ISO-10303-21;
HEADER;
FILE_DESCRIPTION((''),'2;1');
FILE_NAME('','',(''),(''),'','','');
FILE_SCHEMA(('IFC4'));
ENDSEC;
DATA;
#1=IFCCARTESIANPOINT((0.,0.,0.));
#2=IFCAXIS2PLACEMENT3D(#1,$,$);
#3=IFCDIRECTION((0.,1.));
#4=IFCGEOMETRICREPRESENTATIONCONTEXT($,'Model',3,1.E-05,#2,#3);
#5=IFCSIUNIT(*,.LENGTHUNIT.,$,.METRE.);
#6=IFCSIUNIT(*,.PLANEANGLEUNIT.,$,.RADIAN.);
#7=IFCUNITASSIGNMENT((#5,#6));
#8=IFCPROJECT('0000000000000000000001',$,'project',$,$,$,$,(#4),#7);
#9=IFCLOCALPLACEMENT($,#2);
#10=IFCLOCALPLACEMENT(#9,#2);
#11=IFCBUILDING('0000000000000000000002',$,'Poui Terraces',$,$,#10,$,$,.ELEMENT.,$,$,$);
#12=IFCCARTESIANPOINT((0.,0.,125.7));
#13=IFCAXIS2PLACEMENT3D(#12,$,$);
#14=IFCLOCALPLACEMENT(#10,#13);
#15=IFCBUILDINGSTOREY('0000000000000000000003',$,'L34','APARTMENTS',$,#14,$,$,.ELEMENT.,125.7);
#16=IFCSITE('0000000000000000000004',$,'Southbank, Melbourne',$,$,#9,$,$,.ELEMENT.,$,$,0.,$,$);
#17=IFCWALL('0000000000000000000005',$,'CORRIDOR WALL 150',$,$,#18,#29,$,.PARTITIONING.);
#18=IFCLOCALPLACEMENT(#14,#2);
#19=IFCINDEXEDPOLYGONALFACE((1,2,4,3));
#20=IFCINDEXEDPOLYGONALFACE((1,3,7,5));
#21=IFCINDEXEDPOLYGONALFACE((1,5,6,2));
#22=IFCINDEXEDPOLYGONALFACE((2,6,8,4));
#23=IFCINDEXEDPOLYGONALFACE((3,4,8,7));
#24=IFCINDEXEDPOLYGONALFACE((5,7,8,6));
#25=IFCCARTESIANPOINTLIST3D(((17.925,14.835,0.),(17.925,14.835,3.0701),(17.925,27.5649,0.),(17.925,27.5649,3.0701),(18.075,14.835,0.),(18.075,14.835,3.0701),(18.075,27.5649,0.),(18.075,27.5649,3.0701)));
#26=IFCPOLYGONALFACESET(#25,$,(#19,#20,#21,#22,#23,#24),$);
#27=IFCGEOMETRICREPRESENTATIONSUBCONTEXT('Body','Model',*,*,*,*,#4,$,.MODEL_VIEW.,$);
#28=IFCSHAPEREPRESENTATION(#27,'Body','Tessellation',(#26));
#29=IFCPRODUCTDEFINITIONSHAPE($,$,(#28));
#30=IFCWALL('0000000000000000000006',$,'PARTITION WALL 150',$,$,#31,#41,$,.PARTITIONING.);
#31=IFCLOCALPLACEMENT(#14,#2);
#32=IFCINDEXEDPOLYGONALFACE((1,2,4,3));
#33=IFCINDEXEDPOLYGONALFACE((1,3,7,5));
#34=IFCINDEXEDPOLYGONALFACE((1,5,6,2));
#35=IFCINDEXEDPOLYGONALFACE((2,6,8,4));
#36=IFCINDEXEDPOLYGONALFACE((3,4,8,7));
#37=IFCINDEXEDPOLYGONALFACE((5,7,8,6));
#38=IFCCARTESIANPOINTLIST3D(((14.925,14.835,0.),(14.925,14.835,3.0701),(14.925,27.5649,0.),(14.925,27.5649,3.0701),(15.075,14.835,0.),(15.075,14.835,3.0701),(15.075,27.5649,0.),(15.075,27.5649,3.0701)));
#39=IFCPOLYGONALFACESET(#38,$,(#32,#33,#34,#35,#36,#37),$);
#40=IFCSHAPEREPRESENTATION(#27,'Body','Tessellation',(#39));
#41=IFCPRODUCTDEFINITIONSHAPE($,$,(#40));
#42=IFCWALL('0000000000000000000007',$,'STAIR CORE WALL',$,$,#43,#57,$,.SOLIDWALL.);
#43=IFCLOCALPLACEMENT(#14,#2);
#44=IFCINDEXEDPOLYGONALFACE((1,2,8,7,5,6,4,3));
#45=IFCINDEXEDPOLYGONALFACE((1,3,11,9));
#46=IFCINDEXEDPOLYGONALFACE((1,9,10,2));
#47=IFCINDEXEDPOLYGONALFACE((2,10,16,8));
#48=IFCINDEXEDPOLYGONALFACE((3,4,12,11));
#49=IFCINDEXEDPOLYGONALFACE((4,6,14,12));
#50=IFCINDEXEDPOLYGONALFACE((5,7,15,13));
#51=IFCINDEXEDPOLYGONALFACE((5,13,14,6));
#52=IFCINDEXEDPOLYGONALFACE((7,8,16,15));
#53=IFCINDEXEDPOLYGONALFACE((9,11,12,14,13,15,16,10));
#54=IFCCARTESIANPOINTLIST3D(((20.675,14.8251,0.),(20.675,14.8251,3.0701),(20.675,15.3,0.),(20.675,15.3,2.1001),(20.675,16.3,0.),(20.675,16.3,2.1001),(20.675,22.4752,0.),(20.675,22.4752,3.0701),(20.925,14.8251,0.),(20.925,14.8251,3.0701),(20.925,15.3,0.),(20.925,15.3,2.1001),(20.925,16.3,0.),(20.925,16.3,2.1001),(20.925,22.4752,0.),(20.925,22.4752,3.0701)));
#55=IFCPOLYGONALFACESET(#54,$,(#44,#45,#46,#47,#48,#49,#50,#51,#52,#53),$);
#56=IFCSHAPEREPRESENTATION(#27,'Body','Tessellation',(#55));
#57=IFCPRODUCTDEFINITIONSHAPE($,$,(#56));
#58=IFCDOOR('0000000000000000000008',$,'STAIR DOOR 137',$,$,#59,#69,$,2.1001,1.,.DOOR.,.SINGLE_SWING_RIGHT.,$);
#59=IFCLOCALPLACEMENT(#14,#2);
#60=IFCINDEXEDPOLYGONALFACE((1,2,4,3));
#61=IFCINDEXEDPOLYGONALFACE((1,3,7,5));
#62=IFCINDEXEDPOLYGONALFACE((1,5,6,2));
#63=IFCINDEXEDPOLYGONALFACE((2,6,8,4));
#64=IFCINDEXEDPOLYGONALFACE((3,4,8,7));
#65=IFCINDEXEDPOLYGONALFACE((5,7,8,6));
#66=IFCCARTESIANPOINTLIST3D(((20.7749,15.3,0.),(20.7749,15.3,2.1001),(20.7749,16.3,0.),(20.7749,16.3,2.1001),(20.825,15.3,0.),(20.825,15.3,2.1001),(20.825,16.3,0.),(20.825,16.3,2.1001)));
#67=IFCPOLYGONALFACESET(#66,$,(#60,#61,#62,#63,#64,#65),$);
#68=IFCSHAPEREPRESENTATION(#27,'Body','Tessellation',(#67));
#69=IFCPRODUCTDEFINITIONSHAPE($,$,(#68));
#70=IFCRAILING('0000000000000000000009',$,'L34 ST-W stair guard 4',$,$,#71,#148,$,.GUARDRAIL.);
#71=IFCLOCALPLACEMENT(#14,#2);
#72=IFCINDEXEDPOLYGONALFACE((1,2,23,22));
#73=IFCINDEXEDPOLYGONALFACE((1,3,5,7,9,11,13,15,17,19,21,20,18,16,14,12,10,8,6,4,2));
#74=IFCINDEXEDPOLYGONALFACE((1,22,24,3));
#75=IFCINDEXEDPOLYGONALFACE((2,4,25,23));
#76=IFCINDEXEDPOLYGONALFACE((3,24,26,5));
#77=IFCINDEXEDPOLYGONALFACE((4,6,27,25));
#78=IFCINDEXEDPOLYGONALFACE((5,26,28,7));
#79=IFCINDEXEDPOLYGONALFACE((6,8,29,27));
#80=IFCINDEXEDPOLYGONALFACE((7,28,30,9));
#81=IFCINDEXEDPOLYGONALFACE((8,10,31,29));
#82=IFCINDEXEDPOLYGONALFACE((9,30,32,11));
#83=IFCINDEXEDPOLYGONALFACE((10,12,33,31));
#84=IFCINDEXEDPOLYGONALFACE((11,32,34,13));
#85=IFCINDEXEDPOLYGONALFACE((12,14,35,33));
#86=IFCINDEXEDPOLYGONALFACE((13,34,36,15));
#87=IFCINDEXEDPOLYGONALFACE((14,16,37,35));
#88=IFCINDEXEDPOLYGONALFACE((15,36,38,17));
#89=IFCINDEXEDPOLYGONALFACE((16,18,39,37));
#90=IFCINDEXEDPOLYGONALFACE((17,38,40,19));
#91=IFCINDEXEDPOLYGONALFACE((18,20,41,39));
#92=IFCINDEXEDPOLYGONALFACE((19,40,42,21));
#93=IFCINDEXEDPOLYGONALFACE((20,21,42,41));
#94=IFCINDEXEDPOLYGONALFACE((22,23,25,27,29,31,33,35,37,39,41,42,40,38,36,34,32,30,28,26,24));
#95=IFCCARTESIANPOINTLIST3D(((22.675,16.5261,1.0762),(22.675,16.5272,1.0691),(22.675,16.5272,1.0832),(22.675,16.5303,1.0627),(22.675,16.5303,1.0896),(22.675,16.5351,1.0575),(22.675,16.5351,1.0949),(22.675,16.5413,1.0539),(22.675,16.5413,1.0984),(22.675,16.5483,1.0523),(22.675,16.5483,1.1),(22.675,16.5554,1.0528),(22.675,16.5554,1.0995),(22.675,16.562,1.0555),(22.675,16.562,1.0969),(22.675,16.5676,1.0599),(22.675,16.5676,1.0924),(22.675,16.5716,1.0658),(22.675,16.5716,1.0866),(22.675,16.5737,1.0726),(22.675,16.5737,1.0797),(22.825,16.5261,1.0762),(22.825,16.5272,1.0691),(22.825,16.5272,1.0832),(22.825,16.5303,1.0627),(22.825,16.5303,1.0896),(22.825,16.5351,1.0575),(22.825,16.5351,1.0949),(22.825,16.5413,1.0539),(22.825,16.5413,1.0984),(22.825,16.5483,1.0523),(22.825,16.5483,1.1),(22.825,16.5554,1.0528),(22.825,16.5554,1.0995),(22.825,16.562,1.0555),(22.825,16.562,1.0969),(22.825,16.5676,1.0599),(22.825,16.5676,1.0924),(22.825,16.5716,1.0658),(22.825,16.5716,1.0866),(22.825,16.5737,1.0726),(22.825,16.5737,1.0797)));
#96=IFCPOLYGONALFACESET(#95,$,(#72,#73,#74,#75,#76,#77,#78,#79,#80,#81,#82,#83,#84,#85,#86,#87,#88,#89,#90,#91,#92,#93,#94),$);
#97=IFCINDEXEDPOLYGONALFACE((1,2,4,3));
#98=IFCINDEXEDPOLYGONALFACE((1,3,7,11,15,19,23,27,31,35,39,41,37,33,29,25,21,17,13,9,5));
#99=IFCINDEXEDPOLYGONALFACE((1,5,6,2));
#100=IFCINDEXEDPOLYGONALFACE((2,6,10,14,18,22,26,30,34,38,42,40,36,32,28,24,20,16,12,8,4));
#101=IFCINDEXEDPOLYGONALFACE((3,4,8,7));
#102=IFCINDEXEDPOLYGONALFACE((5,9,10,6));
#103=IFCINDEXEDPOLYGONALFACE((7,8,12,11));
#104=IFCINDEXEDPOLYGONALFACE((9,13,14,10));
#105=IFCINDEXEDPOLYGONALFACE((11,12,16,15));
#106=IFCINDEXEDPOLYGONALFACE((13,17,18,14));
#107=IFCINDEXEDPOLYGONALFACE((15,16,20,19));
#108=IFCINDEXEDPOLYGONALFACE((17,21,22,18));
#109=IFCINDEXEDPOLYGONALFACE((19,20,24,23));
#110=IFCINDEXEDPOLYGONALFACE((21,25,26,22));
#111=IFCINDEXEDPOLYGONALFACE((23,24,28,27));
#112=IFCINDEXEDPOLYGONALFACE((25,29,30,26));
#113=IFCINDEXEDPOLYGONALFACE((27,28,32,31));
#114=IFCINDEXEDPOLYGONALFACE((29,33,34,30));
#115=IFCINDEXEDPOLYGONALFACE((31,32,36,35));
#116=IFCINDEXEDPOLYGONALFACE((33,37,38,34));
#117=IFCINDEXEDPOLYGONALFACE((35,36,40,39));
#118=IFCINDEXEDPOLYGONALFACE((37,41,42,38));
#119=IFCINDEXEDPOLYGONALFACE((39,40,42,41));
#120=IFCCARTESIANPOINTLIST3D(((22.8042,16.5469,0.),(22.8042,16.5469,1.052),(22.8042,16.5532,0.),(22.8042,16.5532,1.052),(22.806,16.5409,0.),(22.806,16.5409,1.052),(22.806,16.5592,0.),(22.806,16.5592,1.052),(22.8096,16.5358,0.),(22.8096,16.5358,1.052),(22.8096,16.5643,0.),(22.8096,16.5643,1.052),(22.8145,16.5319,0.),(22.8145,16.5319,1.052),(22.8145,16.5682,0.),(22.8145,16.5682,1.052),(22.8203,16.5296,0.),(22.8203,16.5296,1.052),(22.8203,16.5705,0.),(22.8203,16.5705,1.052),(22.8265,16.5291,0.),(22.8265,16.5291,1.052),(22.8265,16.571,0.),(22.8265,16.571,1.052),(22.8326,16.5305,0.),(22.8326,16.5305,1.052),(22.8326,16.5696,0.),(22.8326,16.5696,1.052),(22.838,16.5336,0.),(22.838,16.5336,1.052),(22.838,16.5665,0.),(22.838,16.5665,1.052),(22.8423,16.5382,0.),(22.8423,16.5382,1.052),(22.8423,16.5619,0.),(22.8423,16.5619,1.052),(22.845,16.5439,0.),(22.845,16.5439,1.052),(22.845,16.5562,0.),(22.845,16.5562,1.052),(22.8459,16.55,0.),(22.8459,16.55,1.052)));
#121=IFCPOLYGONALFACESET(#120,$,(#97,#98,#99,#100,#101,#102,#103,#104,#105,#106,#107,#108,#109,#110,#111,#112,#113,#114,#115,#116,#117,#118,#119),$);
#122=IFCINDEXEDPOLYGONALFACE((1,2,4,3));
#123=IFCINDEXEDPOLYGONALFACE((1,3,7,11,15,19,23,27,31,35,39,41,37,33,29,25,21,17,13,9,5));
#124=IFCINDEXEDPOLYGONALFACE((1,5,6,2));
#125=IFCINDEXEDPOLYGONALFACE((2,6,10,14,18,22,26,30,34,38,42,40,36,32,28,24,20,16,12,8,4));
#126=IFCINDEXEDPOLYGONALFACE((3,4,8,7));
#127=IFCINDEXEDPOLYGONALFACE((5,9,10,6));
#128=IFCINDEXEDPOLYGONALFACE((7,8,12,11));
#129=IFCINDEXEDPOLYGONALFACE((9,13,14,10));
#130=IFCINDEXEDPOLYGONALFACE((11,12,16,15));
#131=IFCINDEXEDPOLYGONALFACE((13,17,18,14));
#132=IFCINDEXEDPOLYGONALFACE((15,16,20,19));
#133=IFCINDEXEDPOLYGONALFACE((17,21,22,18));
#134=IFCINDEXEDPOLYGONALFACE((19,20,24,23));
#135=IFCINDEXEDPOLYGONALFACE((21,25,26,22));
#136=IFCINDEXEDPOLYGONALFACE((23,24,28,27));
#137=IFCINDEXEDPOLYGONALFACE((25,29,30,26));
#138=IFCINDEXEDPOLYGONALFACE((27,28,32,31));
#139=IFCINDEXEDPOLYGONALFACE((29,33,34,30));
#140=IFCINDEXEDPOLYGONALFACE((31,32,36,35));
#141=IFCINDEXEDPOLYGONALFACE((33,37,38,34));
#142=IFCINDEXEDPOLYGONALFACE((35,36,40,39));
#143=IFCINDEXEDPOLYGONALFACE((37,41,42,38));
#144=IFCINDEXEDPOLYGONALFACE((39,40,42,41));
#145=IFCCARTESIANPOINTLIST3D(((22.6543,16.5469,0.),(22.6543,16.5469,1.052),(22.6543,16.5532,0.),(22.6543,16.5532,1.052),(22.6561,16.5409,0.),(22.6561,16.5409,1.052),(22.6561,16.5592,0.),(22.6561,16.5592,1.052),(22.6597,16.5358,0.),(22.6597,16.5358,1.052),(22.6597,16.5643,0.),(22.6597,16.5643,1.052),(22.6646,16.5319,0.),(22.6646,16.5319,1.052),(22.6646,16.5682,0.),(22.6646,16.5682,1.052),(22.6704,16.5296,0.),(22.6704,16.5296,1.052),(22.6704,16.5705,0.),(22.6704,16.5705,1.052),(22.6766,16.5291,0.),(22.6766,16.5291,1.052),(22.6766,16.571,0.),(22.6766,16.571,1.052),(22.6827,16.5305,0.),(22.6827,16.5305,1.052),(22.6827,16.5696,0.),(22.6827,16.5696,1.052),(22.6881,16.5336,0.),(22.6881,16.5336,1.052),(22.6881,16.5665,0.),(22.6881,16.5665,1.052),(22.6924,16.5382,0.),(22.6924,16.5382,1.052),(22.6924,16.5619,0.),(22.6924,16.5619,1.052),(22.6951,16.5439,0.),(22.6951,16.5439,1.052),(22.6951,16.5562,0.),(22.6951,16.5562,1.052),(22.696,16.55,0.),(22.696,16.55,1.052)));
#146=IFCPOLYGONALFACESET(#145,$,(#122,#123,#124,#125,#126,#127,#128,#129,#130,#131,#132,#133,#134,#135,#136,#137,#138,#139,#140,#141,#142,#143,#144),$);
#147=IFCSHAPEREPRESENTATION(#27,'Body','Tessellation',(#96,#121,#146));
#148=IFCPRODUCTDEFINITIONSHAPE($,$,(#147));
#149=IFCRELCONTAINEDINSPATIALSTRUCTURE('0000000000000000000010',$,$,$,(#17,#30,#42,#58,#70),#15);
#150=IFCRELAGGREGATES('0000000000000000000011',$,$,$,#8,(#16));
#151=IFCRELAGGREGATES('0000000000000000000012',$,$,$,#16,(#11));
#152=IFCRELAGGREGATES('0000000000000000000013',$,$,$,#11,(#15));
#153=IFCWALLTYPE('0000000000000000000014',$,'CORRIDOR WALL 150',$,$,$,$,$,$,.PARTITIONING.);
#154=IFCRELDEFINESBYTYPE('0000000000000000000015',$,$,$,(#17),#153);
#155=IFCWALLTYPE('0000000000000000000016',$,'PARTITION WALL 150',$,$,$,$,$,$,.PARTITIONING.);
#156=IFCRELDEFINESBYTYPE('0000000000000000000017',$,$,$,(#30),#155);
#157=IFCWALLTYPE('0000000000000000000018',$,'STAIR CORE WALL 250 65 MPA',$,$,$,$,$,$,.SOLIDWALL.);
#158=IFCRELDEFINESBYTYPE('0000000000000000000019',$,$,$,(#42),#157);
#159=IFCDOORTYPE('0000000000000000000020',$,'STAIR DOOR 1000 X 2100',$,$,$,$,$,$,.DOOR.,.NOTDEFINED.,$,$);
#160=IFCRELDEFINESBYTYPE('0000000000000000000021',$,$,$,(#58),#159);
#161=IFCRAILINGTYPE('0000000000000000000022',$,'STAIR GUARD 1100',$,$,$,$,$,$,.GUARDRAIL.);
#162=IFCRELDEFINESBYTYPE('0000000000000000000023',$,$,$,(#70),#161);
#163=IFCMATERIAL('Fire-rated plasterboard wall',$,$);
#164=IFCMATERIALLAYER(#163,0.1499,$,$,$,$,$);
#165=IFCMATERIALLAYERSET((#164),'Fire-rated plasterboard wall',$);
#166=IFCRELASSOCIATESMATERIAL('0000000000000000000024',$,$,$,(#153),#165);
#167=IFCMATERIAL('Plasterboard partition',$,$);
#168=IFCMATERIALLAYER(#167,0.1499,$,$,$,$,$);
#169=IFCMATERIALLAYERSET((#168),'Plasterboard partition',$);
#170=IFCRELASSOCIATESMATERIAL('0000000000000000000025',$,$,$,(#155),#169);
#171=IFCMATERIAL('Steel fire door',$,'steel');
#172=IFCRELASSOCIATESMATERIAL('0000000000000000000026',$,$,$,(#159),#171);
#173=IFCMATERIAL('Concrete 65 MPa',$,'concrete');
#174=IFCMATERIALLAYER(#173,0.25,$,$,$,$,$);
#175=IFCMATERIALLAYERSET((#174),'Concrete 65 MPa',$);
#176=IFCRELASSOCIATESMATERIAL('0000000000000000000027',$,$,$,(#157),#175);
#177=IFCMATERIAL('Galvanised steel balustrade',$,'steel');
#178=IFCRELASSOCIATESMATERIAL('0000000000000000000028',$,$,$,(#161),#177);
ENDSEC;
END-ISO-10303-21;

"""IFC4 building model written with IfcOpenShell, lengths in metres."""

from ifc_helpers import new_model, si_unit, direction, frame, frame_2d, origin, origin_2d, place, context, subcontext, project, spatial, rectangle, circle, extrude, material, layer, layer_set, type_object, element, fill, save


model = new_model("IFC4")

# Units and contexts
model_context = context("Model", 3, precision=1e-05, world=origin(), true_north=direction((0.0, 1.0)))
body_context = subcontext(model_context, "Body", "Model", "MODEL_VIEW")
ifc_project = project(units=[si_unit("LENGTHUNIT", "METRE"), si_unit("PLANEANGLEUNIT", "RADIAN")], contexts=[model_context])

# Site, building, storey
site_placement = place(None, origin())
site = spatial("IfcSite", under=ifc_project, at=site_placement, Name="Southbank, Melbourne", CompositionType="ELEMENT", RefElevation=0.0)
building_placement = place(site_placement, origin())
building = spatial("IfcBuilding", under=site, at=building_placement, Name="Poui Terraces", CompositionType="ELEMENT")
storey_placement = place(building_placement, frame((0.0, 0.0, 125.7)))
storey = spatial("IfcBuildingStorey", under=building, at=storey_placement, Name="L34", Description="APARTMENTS", CompositionType="ELEMENT", Elevation=125.7)

# Walls
ifc_material_1 = material(Name="Fire-rated plasterboard wall")
ifc_layer_1 = layer(ifc_material_1, 0.1499)
ifc_layer_set_1 = layer_set([ifc_layer_1], Name="Fire-rated plasterboard wall")
wall_type_1 = type_object("IfcWallType", Name="CORRIDOR WALL 150", PredefinedType="PARTITIONING", material=ifc_layer_set_1)
wall_1_placement = place(storey_placement, frame((18.0, 14.835, 0.0), z_axis=(0.0, 0.0, 1.0), x_axis=(0.0, 1.0, 0.0)))
element("IfcWall", 1, at=wall_1_placement, inside=storey, type_object=wall_type_1, Name="CORRIDOR WALL 150", PredefinedType="PARTITIONING", context=body_context, shape_type="SweptSolid", body=[
    extrude(rectangle(XDim=12.73, YDim=0.1499, at=frame_2d((6.365, 0.0))), origin(), (0.0, 0.0, 1.0), 3.0701),
])
ifc_material_2 = material(Name="Plasterboard partition")
ifc_layer_2 = layer(ifc_material_2, 0.1499)
ifc_layer_set_2 = layer_set([ifc_layer_2], Name="Plasterboard partition")
wall_type_2 = type_object("IfcWallType", Name="PARTITION WALL 150", PredefinedType="PARTITIONING", material=ifc_layer_set_2)
wall_2_placement = place(storey_placement, frame((15.0, 14.835, 0.0), z_axis=(0.0, 0.0, 1.0), x_axis=(0.0, 1.0, 0.0)))
element("IfcWall", 2, at=wall_2_placement, inside=storey, type_object=wall_type_2, Name="PARTITION WALL 150", PredefinedType="PARTITIONING", context=body_context, shape_type="SweptSolid", body=[
    extrude(rectangle(XDim=12.73, YDim=0.1499, at=frame_2d((6.365, 0.0))), origin(), (0.0, 0.0, 1.0), 3.0701),
])

# Shared definitions
ifc_material_3 = material(Name="Concrete 65 MPa", Category="concrete")
ifc_material_4 = material(Name="Steel fire door", Category="steel")
door_type_1 = type_object("IfcDoorType", Name="STAIR DOOR 1000 X 2100", OperationType="NOTDEFINED", PredefinedType="DOOR", material=ifc_material_4)

# Wall, opening, door
ifc_layer_3 = layer(ifc_material_3, 0.25)
ifc_layer_set_3 = layer_set([ifc_layer_3], Name="Concrete 65 MPa")
wall_type_3 = type_object("IfcWallType", Name="STAIR CORE WALL 250 65 MPA", PredefinedType="SOLIDWALL", material=ifc_layer_set_3)
wall_3_placement = place(storey_placement, frame((20.8, 14.825, 0.0), z_axis=(0.0, 0.0, 1.0), x_axis=(0.0, 1.0, 0.0)))
wall_3 = element("IfcWall", 3, at=wall_3_placement, inside=storey, type_object=wall_type_3, Name="STAIR CORE WALL", PredefinedType="SOLIDWALL", context=body_context, shape_type="SweptSolid", body=[
    extrude(rectangle(XDim=7.6501, YDim=0.25, at=frame_2d((3.8252, 0.0))), origin(), (0.0, 0.0, 1.0), 3.0701),
])
opening_1_placement = place(wall_3_placement, frame((0.4751, 0.0, 0.0)))
opening_1 = element("IfcOpeningElement", 4, at=opening_1_placement, cuts=wall_3, PredefinedType="OPENING", context=body_context, shape_type="SweptSolid", body=[
    extrude(rectangle(XDim=1.0, YDim=2.1001, at=frame_2d((0.5, 1.05))), frame((0.0, 0.135, 0.0), z_axis=(0.0, -1.0, 0.0), x_axis=(1.0, 0.0, 0.0)), (0.0, 0.0, 1.0), 0.27),
])
door_1_placement = place(opening_1_placement, frame((1.0, 0.0, 0.0), z_axis=(0.0, 0.0, 1.0), x_axis=(-1.0, 0.0, 0.0)))
door_1 = element("IfcDoor", 5, at=door_1_placement, inside=storey, type_object=door_type_1, Name="STAIR DOOR 137", OperationType="SINGLE_SWING_RIGHT", OverallHeight=2.1001, OverallWidth=1.0, PredefinedType="DOOR", context=body_context, shape_type="SweptSolid", body=[
    extrude(rectangle(XDim=1.0, YDim=2.1001, at=frame_2d((0.5, 1.05))), frame((0.0, 0.0249, 0.0), z_axis=(0.0, -1.0, 0.0), x_axis=(1.0, 0.0, 0.0)), (0.0, 0.0, 1.0), 0.05),
])
fill(opening_1, door_1)

# Railing
ifc_material_5 = material(Name="Galvanised steel balustrade", Category="steel")
railing_type = type_object("IfcRailingType", Name="STAIR GUARD 1100", PredefinedType="GUARDRAIL", material=ifc_material_5)
railing_placement = place(storey_placement, frame((22.825, 16.55, 0.0)))
element("IfcRailing", 6, at=railing_placement, inside=storey, type_object=railing_type, Name="L34 ST-W stair guard 4", PredefinedType="GUARDRAIL", context=body_context, shape_type="SweptSolid", body=[
    extrude(circle(Radius=0.0239, at=origin_2d()), frame((0.0, 0.0, 1.0762), z_axis=(-1.0, 0.0, 0.0), x_axis=(0.0, -1.0, 0.0)), (0.0, 0.0, 1.0), 0.1499),
    extrude(circle(Radius=0.021, at=origin_2d()), origin(), (0.0, 0.0, 1.0), 1.052),
    extrude(circle(Radius=0.021, at=origin_2d()), frame((-0.1499, 0.0, 0.0)), (0.0, 0.0, 1.0), 1.052),
])

save(model, "model.ifc")
